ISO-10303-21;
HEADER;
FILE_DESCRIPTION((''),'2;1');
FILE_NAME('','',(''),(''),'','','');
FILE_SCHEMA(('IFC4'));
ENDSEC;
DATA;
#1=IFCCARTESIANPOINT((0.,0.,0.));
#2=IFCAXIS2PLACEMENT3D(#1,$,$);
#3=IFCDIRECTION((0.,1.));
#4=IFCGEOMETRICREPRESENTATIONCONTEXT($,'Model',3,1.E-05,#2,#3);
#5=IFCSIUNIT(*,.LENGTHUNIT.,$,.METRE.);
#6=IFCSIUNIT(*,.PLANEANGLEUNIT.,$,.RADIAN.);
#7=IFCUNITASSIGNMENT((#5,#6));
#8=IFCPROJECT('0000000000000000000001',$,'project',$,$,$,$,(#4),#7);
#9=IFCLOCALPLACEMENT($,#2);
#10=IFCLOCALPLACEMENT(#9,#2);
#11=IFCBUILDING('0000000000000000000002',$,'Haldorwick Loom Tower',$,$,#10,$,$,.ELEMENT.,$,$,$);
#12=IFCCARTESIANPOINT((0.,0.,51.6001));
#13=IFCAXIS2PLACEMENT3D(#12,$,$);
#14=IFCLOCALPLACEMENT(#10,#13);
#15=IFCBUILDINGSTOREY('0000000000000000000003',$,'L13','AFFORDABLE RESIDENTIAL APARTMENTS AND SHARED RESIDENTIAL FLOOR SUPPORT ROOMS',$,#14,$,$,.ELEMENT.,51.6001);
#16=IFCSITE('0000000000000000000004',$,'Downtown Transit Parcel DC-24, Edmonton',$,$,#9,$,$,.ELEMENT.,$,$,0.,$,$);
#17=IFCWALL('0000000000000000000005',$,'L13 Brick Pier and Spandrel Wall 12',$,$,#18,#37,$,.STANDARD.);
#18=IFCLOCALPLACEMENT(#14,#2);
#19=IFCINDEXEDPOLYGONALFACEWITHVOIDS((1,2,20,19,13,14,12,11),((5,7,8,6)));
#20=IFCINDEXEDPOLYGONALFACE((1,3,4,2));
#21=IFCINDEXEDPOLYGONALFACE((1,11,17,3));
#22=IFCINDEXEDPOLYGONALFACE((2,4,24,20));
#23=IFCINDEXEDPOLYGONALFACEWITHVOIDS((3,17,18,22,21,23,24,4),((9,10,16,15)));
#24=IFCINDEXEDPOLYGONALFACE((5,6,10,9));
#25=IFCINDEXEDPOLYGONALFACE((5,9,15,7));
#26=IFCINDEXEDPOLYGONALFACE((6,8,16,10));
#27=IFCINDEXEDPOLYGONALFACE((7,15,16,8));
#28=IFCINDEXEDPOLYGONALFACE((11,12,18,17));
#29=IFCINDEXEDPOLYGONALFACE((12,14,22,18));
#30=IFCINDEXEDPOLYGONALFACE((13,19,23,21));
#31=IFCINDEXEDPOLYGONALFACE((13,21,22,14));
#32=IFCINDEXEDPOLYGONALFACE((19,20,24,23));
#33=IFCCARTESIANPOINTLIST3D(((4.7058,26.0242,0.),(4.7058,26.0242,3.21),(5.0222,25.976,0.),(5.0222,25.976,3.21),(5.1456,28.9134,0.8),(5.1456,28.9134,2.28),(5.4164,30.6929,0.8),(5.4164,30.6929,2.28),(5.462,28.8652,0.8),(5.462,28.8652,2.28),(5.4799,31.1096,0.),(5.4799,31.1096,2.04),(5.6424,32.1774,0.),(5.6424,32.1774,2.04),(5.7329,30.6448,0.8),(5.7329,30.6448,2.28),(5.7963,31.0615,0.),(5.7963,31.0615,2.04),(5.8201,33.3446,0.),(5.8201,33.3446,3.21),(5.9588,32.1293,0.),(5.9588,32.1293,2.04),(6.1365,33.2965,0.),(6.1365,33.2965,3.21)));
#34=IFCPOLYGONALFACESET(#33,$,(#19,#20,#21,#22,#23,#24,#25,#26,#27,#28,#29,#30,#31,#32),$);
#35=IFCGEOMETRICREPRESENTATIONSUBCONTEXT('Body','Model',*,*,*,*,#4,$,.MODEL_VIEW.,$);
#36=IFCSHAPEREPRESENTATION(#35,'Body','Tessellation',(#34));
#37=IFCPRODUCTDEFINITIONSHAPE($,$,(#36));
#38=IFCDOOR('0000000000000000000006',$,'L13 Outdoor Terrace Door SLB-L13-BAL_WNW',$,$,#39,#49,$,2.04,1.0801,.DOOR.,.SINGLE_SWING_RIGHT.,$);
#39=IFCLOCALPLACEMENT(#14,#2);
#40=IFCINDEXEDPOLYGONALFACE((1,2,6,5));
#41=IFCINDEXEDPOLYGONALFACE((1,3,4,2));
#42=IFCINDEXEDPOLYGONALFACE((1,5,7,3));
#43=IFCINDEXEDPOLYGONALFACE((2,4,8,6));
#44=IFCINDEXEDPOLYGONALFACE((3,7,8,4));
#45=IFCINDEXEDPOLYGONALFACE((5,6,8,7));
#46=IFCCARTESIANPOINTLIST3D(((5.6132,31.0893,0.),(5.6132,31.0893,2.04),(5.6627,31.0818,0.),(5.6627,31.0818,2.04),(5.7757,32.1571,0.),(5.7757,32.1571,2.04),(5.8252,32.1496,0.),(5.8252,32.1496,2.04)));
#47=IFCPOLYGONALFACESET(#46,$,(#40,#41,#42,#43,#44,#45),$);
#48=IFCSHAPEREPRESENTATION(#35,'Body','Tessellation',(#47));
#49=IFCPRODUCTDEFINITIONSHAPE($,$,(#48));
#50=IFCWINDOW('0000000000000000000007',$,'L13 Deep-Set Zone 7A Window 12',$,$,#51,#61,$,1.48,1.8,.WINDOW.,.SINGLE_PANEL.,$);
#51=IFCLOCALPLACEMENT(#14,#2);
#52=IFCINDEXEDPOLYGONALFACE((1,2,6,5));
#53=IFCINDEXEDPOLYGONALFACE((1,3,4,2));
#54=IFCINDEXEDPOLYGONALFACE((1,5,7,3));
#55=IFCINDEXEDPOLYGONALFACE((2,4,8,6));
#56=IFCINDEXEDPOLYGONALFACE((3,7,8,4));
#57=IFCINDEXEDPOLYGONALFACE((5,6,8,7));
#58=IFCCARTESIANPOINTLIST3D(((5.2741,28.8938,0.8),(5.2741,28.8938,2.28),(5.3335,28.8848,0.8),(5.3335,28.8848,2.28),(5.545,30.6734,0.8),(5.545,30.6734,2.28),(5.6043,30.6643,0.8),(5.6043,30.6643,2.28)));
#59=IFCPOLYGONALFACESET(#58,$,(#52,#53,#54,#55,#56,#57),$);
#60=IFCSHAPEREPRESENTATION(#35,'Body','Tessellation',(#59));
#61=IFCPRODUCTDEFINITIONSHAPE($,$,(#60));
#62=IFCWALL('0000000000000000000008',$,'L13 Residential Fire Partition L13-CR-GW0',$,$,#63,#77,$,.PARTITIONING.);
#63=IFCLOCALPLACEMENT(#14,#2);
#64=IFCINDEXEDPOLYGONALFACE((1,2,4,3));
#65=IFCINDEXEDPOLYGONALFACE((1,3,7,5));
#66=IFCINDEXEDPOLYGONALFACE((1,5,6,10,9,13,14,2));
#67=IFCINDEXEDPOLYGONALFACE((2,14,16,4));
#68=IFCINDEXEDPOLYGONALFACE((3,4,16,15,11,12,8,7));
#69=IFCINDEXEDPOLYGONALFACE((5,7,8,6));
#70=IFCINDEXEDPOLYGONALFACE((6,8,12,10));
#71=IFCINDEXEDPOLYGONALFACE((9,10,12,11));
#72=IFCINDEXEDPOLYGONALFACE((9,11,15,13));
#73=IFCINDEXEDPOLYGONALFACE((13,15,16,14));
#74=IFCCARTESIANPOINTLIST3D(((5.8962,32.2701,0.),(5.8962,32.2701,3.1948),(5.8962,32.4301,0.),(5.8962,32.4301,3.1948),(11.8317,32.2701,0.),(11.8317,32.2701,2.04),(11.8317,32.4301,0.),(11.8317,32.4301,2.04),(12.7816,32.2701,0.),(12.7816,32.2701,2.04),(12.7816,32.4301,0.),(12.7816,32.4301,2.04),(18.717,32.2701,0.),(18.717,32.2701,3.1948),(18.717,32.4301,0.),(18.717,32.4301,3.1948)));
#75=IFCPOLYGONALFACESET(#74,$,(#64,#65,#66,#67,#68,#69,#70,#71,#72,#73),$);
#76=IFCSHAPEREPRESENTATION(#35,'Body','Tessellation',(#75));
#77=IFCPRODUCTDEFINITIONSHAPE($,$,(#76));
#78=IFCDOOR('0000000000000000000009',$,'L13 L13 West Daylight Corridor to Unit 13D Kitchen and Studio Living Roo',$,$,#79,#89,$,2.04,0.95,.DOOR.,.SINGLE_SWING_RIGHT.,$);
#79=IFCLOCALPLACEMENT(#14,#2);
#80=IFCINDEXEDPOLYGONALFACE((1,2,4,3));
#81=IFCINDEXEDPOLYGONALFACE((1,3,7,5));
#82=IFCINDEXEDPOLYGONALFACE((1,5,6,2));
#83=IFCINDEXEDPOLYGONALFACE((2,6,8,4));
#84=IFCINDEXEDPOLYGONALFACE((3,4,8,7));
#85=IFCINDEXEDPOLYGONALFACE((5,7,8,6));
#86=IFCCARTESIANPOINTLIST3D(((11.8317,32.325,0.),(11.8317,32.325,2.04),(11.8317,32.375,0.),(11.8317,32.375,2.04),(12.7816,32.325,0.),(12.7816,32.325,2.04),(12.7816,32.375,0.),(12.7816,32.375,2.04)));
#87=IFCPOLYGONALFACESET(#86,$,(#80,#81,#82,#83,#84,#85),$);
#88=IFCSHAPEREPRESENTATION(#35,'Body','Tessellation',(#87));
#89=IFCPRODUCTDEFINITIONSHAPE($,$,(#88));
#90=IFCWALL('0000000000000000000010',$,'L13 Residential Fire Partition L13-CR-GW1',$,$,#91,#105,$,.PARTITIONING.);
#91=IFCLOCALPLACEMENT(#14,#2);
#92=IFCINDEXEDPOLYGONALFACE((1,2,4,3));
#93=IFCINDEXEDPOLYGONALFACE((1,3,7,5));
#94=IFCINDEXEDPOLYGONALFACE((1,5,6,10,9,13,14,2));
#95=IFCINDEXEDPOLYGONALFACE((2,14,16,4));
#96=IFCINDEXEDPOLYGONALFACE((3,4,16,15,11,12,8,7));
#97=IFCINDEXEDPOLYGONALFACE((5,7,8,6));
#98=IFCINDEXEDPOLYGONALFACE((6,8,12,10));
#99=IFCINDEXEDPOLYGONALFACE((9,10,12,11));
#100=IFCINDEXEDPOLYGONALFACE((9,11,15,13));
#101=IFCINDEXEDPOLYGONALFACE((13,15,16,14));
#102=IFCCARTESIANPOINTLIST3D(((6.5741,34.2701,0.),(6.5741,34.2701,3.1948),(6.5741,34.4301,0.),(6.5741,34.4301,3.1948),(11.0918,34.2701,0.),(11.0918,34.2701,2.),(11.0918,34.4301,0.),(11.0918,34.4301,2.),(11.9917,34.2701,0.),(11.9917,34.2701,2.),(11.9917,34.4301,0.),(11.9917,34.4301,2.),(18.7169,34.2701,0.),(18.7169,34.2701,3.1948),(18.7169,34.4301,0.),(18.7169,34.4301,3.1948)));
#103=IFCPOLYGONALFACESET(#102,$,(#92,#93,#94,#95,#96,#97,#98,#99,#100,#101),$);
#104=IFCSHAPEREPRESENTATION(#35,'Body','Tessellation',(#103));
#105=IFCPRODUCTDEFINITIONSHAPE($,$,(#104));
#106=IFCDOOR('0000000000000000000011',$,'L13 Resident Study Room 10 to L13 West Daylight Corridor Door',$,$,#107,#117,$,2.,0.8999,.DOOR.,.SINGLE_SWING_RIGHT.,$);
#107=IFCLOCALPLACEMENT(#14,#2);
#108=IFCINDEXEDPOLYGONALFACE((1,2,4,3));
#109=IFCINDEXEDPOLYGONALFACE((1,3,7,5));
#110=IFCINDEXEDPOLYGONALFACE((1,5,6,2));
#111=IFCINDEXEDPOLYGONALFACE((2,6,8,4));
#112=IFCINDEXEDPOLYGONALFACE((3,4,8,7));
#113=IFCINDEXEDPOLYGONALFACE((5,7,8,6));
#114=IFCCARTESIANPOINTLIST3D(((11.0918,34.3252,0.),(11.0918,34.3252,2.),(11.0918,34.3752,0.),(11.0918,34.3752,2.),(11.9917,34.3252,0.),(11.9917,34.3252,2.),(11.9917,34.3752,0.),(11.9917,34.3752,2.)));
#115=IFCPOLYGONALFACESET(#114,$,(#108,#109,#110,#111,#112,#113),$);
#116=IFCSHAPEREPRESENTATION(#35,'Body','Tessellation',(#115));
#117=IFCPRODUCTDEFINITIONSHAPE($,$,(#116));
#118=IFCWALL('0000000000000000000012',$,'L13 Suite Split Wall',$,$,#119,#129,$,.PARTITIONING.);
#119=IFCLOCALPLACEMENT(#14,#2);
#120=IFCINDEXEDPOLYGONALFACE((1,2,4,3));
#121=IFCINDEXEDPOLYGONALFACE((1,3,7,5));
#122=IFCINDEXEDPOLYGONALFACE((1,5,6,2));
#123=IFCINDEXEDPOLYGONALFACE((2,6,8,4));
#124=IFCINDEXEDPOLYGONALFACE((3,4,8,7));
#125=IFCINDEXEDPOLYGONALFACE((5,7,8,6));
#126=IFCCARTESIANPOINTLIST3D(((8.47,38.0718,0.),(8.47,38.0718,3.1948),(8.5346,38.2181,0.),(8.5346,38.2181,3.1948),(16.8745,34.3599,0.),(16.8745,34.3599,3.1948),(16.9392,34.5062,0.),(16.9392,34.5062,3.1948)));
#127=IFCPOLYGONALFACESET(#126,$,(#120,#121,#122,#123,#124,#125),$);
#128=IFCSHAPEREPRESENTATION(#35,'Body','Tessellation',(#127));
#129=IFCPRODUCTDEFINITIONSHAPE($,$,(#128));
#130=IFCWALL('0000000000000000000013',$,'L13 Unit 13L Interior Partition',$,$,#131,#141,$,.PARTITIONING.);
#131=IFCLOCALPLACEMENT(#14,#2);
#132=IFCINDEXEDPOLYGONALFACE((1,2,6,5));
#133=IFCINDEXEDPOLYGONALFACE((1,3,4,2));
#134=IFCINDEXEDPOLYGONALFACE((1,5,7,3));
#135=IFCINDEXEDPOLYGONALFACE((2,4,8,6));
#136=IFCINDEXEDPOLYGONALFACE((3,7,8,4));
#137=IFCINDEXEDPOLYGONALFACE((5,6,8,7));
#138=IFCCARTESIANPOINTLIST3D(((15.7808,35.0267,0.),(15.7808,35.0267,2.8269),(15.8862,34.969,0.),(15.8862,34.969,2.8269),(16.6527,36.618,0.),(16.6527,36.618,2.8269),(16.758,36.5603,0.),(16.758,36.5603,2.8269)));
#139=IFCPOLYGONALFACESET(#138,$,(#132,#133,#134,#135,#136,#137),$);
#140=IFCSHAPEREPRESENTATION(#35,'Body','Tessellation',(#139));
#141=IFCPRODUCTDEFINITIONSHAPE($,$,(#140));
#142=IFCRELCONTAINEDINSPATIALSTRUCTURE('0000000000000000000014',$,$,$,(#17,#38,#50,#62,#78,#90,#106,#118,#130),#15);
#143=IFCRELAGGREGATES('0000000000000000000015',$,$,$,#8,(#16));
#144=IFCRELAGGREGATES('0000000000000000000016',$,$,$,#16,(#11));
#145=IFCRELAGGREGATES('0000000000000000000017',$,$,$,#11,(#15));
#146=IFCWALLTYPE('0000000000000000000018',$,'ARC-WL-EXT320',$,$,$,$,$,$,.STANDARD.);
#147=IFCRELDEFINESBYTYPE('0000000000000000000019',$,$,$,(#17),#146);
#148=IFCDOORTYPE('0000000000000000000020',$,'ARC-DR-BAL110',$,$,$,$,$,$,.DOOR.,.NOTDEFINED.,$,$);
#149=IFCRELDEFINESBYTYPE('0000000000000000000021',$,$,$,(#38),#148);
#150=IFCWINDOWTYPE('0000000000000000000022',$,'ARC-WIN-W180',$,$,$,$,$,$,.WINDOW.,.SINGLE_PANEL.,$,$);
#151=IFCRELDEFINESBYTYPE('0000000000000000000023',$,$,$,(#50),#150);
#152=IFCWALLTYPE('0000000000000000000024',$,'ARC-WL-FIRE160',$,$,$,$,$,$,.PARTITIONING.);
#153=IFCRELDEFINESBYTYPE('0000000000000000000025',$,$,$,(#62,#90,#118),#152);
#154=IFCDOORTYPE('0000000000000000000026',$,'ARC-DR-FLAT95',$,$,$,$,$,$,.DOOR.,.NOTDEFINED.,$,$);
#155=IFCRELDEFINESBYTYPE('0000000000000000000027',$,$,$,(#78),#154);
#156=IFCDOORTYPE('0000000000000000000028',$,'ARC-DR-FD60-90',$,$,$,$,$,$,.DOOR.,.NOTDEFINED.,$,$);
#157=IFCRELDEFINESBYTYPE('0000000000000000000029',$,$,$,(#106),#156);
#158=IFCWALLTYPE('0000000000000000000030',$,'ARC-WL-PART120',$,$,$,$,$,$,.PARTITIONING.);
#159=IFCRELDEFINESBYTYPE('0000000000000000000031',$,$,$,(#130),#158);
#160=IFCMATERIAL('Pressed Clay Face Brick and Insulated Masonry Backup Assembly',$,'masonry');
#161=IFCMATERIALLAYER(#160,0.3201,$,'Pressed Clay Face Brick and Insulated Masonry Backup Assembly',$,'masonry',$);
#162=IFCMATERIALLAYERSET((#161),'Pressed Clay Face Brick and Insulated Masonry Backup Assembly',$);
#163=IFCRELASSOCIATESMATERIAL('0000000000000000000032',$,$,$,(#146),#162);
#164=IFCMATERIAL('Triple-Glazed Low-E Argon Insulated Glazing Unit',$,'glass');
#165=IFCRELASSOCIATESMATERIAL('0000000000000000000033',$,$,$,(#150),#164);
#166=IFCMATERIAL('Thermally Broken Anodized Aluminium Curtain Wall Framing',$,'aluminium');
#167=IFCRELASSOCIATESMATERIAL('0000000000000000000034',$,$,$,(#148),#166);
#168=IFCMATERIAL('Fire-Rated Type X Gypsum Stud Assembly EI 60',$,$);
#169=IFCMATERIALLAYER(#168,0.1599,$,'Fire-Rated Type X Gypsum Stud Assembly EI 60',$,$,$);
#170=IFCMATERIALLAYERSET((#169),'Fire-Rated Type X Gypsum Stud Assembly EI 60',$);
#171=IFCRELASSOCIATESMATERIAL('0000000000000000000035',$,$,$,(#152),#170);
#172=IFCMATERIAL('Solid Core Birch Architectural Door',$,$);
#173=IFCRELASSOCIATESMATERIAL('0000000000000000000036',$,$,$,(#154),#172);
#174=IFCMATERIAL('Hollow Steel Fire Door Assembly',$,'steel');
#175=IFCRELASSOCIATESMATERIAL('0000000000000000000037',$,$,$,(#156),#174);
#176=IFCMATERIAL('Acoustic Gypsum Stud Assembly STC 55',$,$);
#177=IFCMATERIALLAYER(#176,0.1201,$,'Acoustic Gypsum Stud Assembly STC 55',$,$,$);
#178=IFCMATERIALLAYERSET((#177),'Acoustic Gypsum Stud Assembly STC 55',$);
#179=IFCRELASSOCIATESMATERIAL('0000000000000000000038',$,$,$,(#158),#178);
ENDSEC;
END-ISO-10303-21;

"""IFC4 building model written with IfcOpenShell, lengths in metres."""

from ifc_helpers import new_model, si_unit, direction, frame, frame_2d, origin, place, context, subcontext, project, spatial, rectangle, extrude, material, layer, layer_set, type_object, element, fill, save


model = new_model("IFC4")

# Units and contexts
model_context = context("Model", 3, precision=1e-05, world=origin(), true_north=direction((0.0, 1.0)))
body_context = subcontext(model_context, "Body", "Model", "MODEL_VIEW")
ifc_project = project(units=[si_unit("LENGTHUNIT", "METRE"), si_unit("PLANEANGLEUNIT", "RADIAN")], contexts=[model_context])

# Site, building, storey
site_placement = place(None, origin())
site = spatial("IfcSite", under=ifc_project, at=site_placement, Name="Downtown Transit Parcel DC-24, Edmonton", CompositionType="ELEMENT", RefElevation=0.0)
building_placement = place(site_placement, origin())
building = spatial("IfcBuilding", under=site, at=building_placement, Name="Haldorwick Loom Tower", CompositionType="ELEMENT")
storey_placement = place(building_placement, frame((0.0, 0.0, 51.6001)))
storey = spatial("IfcBuildingStorey", under=building, at=storey_placement, Name="L13", Description="AFFORDABLE RESIDENTIAL APARTMENTS AND SHARED RESIDENTIAL FLOOR SUPPORT ROOMS", CompositionType="ELEMENT", Elevation=51.6001)

# Shared definitions
ifc_material_1 = material(Name="Pressed Clay Face Brick and Insulated Masonry Backup Assembly", Category="masonry")
ifc_layer_1 = layer(ifc_material_1, 0.3201, Name="Pressed Clay Face Brick and Insulated Masonry Backup Assembly", Category="masonry")
ifc_layer_set_1 = layer_set([ifc_layer_1], Name="Pressed Clay Face Brick and Insulated Masonry Backup Assembly")
wall_type_1 = type_object("IfcWallType", Name="ARC-WL-EXT320", PredefinedType="STANDARD", material=ifc_layer_set_1)
ifc_material_2 = material(Name="Triple-Glazed Low-E Argon Insulated Glazing Unit", Category="glass")
window_type = type_object("IfcWindowType", Name="ARC-WIN-W180", PartitioningType="SINGLE_PANEL", PredefinedType="WINDOW", material=ifc_material_2)

# Wall, openings, door, window
wall_1_placement = place(storey_placement, frame((5.9783, 33.3206, 0.0), z_axis=(0.0, 0.0, 1.0), x_axis=(-0.150476, -0.988614, 0.0)))
wall_1 = element("IfcWall", 1, at=wall_1_placement, inside=storey, type_object=wall_type_1, Name="L13 Brick Pier and Spandrel Wall 12", PredefinedType="STANDARD", context=body_context, shape_type="SweptSolid", body=[
    extrude(rectangle(XDim=7.4048, YDim=0.3201, at=frame_2d((3.7024, 0.0))), origin(), (0.0, 0.0, 1.0), 3.21),
])
opening_1_placement = place(wall_1_placement, frame((1.1807, 0.0, 0.0)))
opening_1 = element("IfcOpeningElement", 2, at=opening_1_placement, cuts=wall_1, PredefinedType="OPENING", context=body_context, shape_type="SweptSolid", body=[
    extrude(rectangle(XDim=1.0801, YDim=2.04, at=frame_2d((0.54, 1.02))), frame((0.0, 0.1699, 0.0), z_axis=(0.0, -1.0, 0.0), x_axis=(1.0, 0.0, 0.0)), (0.0, 0.0, 1.0), 0.3401),
])
opening_2_placement = place(wall_1_placement, frame((2.6824, 0.0, 0.8)))
opening_2 = element("IfcOpeningElement", 3, at=opening_2_placement, cuts=wall_1, PredefinedType="OPENING", context=body_context, shape_type="SweptSolid", body=[
    extrude(rectangle(XDim=1.8, YDim=1.48, at=frame_2d((0.8999, 0.74))), frame((0.0, 0.1699, 0.0), z_axis=(0.0, -1.0, 0.0), x_axis=(1.0, 0.0, 0.0)), (0.0, 0.0, 1.0), 0.3401),
])
ifc_material_3 = material(Name="Thermally Broken Anodized Aluminium Curtain Wall Framing", Category="aluminium")
door_type_1 = type_object("IfcDoorType", Name="ARC-DR-BAL110", OperationType="NOTDEFINED", PredefinedType="DOOR", material=ifc_material_3)
door_1_placement = place(opening_1_placement, origin())
door_1 = element("IfcDoor", 4, at=door_1_placement, inside=storey, type_object=door_type_1, Name="L13 Outdoor Terrace Door SLB-L13-BAL_WNW", OperationType="SINGLE_SWING_RIGHT", OverallHeight=2.04, OverallWidth=1.0801, PredefinedType="DOOR", context=body_context, shape_type="SweptSolid", body=[
    extrude(rectangle(XDim=1.0801, YDim=2.04, at=frame_2d((0.54, 1.02))), frame((0.0, 0.0249, 0.0), z_axis=(0.0, -1.0, 0.0), x_axis=(1.0, 0.0, 0.0)), (0.0, 0.0, 1.0), 0.05),
])
fill(opening_1, door_1)
window_1_placement = place(opening_2_placement, origin())
window_1 = element("IfcWindow", 5, at=window_1_placement, inside=storey, type_object=window_type, Name="L13 Deep-Set Zone 7A Window 12", OverallHeight=1.48, OverallWidth=1.8, PartitioningType="SINGLE_PANEL", PredefinedType="WINDOW", context=body_context, shape_type="SweptSolid", body=[
    extrude(rectangle(XDim=1.8, YDim=1.48, at=frame_2d((0.8999, 0.74))), frame((0.0, 0.03, 0.0), z_axis=(0.0, -1.0, 0.0), x_axis=(1.0, 0.0, 0.0)), (0.0, 0.0, 1.0), 0.0601),
])
fill(opening_2, window_1)

# Walls, openings, doors
ifc_material_4 = material(Name="Fire-Rated Type X Gypsum Stud Assembly EI 60")
ifc_layer_2 = layer(ifc_material_4, 0.1599, Name="Fire-Rated Type X Gypsum Stud Assembly EI 60")
ifc_layer_set_2 = layer_set([ifc_layer_2], Name="Fire-Rated Type X Gypsum Stud Assembly EI 60")
wall_type_2 = type_object("IfcWallType", Name="ARC-WL-FIRE160", PredefinedType="PARTITIONING", material=ifc_layer_set_2)
wall_2_placement = place(storey_placement, frame((5.8962, 32.3501, 0.0), z_axis=(0.0, 0.0, 1.0), x_axis=(1.0, 0.0, 0.0)))
wall_2 = element("IfcWall", 6, at=wall_2_placement, inside=storey, type_object=wall_type_2, Name="L13 Residential Fire Partition L13-CR-GW0", PredefinedType="PARTITIONING", context=body_context, shape_type="SweptSolid", body=[
    extrude(rectangle(XDim=12.8208, YDim=0.1599, at=frame_2d((6.4104, 0.0))), origin(), (0.0, 0.0, 1.0), 3.1948),
])
opening_3_placement = place(wall_2_placement, frame((5.9353, 0.0, 0.0)))
opening_3 = element("IfcOpeningElement", 7, at=opening_3_placement, cuts=wall_2, PredefinedType="OPENING", context=body_context, shape_type="SweptSolid", body=[
    extrude(rectangle(XDim=0.95, YDim=2.04, at=frame_2d((0.4751, 1.02))), frame((0.0, 0.0898, 0.0), z_axis=(0.0, -1.0, 0.0), x_axis=(1.0, 0.0, 0.0)), (0.0, 0.0, 1.0), 0.1799),
])
ifc_material_5 = material(Name="Solid Core Birch Architectural Door")
door_type_2 = type_object("IfcDoorType", Name="ARC-DR-FLAT95", OperationType="NOTDEFINED", PredefinedType="DOOR", material=ifc_material_5)
door_2_placement = place(opening_3_placement, origin())
door_2 = element("IfcDoor", 8, at=door_2_placement, inside=storey, type_object=door_type_2, Name="L13 L13 West Daylight Corridor to Unit 13D Kitchen and Studio Living Roo", OperationType="SINGLE_SWING_RIGHT", OverallHeight=2.04, OverallWidth=0.95, PredefinedType="DOOR", context=body_context, shape_type="SweptSolid", body=[
    extrude(rectangle(XDim=0.95, YDim=2.04, at=frame_2d((0.4751, 1.02))), frame((0.0, 0.0249, 0.0), z_axis=(0.0, -1.0, 0.0), x_axis=(1.0, 0.0, 0.0)), (0.0, 0.0, 1.0), 0.05),
])
fill(opening_3, door_2)
wall_3_placement = place(storey_placement, frame((6.5742, 34.3501, 0.0), z_axis=(0.0, 0.0, 1.0), x_axis=(1.0, 0.0, 0.0)))
wall_3 = element("IfcWall", 9, at=wall_3_placement, inside=storey, type_object=wall_type_2, Name="L13 Residential Fire Partition L13-CR-GW1", PredefinedType="PARTITIONING", context=body_context, shape_type="SweptSolid", body=[
    extrude(rectangle(XDim=12.1428, YDim=0.1599, at=frame_2d((6.0713, 0.0))), origin(), (0.0, 0.0, 1.0), 3.1948),
])
opening_4_placement = place(wall_3_placement, frame((4.5176, 0.0, 0.0)))
opening_4 = element("IfcOpeningElement", 10, at=opening_4_placement, cuts=wall_3, PredefinedType="OPENING", context=body_context, shape_type="SweptSolid", body=[
    extrude(rectangle(XDim=0.8999, YDim=2.0, at=frame_2d((0.45, 1.0))), frame((0.0, 0.0898, 0.0), z_axis=(0.0, -1.0, 0.0), x_axis=(1.0, 0.0, 0.0)), (0.0, 0.0, 1.0), 0.1799),
])
ifc_material_6 = material(Name="Hollow Steel Fire Door Assembly", Category="steel")
door_type_3 = type_object("IfcDoorType", Name="ARC-DR-FD60-90", OperationType="NOTDEFINED", PredefinedType="DOOR", material=ifc_material_6)
door_3_placement = place(opening_4_placement, frame((0.8999, 0.0, 0.0), z_axis=(0.0, 0.0, 1.0), x_axis=(-1.0, 0.0, 0.0)))
door_3 = element("IfcDoor", 11, at=door_3_placement, inside=storey, type_object=door_type_3, Name="L13 Resident Study Room 10 to L13 West Daylight Corridor Door", OperationType="SINGLE_SWING_RIGHT", OverallHeight=2.0, OverallWidth=0.8999, PredefinedType="DOOR", context=body_context, shape_type="SweptSolid", body=[
    extrude(rectangle(XDim=0.8999, YDim=2.0, at=frame_2d((0.45, 1.0))), frame((0.0, 0.0249, 0.0), z_axis=(0.0, -1.0, 0.0), x_axis=(1.0, 0.0, 0.0)), (0.0, 0.0, 1.0), 0.05),
])
fill(opening_4, door_3)

# Walls
wall_4_placement = place(storey_placement, frame((16.9067, 34.4331, 0.0), z_axis=(0.0, 0.0, 1.0), x_axis=(-0.914756, 0.404007, 0.0)))
element("IfcWall", 12, at=wall_4_placement, inside=storey, type_object=wall_type_2, Name="L13 Suite Split Wall", PredefinedType="PARTITIONING", context=body_context, shape_type="SweptSolid", body=[
    extrude(rectangle(XDim=9.1877, YDim=0.1599, at=frame_2d((4.5938, 0.0))), origin(), (0.0, 0.0, 1.0), 3.1948),
])
ifc_material_7 = material(Name="Acoustic Gypsum Stud Assembly STC 55")
ifc_layer_3 = layer(ifc_material_7, 0.1201, Name="Acoustic Gypsum Stud Assembly STC 55")
ifc_layer_set_3 = layer_set([ifc_layer_3], Name="Acoustic Gypsum Stud Assembly STC 55")
wall_type_3 = type_object("IfcWallType", Name="ARC-WL-PART120", PredefinedType="PARTITIONING", material=ifc_layer_set_3)
wall_5_placement = place(storey_placement, frame((16.7053, 36.5891, 0.0), z_axis=(0.0, 0.0, 1.0), x_axis=(-0.480482, -0.877004, 0.0)))
element("IfcWall", 13, at=wall_5_placement, inside=storey, type_object=wall_type_3, Name="L13 Unit 13L Interior Partition", PredefinedType="PARTITIONING", context=body_context, shape_type="SweptSolid", body=[
    extrude(rectangle(XDim=1.8145, YDim=0.1201, at=frame_2d((0.9072, 0.0))), origin(), (0.0, 0.0, 1.0), 2.8269),
])

save(model, "model.ifc")
